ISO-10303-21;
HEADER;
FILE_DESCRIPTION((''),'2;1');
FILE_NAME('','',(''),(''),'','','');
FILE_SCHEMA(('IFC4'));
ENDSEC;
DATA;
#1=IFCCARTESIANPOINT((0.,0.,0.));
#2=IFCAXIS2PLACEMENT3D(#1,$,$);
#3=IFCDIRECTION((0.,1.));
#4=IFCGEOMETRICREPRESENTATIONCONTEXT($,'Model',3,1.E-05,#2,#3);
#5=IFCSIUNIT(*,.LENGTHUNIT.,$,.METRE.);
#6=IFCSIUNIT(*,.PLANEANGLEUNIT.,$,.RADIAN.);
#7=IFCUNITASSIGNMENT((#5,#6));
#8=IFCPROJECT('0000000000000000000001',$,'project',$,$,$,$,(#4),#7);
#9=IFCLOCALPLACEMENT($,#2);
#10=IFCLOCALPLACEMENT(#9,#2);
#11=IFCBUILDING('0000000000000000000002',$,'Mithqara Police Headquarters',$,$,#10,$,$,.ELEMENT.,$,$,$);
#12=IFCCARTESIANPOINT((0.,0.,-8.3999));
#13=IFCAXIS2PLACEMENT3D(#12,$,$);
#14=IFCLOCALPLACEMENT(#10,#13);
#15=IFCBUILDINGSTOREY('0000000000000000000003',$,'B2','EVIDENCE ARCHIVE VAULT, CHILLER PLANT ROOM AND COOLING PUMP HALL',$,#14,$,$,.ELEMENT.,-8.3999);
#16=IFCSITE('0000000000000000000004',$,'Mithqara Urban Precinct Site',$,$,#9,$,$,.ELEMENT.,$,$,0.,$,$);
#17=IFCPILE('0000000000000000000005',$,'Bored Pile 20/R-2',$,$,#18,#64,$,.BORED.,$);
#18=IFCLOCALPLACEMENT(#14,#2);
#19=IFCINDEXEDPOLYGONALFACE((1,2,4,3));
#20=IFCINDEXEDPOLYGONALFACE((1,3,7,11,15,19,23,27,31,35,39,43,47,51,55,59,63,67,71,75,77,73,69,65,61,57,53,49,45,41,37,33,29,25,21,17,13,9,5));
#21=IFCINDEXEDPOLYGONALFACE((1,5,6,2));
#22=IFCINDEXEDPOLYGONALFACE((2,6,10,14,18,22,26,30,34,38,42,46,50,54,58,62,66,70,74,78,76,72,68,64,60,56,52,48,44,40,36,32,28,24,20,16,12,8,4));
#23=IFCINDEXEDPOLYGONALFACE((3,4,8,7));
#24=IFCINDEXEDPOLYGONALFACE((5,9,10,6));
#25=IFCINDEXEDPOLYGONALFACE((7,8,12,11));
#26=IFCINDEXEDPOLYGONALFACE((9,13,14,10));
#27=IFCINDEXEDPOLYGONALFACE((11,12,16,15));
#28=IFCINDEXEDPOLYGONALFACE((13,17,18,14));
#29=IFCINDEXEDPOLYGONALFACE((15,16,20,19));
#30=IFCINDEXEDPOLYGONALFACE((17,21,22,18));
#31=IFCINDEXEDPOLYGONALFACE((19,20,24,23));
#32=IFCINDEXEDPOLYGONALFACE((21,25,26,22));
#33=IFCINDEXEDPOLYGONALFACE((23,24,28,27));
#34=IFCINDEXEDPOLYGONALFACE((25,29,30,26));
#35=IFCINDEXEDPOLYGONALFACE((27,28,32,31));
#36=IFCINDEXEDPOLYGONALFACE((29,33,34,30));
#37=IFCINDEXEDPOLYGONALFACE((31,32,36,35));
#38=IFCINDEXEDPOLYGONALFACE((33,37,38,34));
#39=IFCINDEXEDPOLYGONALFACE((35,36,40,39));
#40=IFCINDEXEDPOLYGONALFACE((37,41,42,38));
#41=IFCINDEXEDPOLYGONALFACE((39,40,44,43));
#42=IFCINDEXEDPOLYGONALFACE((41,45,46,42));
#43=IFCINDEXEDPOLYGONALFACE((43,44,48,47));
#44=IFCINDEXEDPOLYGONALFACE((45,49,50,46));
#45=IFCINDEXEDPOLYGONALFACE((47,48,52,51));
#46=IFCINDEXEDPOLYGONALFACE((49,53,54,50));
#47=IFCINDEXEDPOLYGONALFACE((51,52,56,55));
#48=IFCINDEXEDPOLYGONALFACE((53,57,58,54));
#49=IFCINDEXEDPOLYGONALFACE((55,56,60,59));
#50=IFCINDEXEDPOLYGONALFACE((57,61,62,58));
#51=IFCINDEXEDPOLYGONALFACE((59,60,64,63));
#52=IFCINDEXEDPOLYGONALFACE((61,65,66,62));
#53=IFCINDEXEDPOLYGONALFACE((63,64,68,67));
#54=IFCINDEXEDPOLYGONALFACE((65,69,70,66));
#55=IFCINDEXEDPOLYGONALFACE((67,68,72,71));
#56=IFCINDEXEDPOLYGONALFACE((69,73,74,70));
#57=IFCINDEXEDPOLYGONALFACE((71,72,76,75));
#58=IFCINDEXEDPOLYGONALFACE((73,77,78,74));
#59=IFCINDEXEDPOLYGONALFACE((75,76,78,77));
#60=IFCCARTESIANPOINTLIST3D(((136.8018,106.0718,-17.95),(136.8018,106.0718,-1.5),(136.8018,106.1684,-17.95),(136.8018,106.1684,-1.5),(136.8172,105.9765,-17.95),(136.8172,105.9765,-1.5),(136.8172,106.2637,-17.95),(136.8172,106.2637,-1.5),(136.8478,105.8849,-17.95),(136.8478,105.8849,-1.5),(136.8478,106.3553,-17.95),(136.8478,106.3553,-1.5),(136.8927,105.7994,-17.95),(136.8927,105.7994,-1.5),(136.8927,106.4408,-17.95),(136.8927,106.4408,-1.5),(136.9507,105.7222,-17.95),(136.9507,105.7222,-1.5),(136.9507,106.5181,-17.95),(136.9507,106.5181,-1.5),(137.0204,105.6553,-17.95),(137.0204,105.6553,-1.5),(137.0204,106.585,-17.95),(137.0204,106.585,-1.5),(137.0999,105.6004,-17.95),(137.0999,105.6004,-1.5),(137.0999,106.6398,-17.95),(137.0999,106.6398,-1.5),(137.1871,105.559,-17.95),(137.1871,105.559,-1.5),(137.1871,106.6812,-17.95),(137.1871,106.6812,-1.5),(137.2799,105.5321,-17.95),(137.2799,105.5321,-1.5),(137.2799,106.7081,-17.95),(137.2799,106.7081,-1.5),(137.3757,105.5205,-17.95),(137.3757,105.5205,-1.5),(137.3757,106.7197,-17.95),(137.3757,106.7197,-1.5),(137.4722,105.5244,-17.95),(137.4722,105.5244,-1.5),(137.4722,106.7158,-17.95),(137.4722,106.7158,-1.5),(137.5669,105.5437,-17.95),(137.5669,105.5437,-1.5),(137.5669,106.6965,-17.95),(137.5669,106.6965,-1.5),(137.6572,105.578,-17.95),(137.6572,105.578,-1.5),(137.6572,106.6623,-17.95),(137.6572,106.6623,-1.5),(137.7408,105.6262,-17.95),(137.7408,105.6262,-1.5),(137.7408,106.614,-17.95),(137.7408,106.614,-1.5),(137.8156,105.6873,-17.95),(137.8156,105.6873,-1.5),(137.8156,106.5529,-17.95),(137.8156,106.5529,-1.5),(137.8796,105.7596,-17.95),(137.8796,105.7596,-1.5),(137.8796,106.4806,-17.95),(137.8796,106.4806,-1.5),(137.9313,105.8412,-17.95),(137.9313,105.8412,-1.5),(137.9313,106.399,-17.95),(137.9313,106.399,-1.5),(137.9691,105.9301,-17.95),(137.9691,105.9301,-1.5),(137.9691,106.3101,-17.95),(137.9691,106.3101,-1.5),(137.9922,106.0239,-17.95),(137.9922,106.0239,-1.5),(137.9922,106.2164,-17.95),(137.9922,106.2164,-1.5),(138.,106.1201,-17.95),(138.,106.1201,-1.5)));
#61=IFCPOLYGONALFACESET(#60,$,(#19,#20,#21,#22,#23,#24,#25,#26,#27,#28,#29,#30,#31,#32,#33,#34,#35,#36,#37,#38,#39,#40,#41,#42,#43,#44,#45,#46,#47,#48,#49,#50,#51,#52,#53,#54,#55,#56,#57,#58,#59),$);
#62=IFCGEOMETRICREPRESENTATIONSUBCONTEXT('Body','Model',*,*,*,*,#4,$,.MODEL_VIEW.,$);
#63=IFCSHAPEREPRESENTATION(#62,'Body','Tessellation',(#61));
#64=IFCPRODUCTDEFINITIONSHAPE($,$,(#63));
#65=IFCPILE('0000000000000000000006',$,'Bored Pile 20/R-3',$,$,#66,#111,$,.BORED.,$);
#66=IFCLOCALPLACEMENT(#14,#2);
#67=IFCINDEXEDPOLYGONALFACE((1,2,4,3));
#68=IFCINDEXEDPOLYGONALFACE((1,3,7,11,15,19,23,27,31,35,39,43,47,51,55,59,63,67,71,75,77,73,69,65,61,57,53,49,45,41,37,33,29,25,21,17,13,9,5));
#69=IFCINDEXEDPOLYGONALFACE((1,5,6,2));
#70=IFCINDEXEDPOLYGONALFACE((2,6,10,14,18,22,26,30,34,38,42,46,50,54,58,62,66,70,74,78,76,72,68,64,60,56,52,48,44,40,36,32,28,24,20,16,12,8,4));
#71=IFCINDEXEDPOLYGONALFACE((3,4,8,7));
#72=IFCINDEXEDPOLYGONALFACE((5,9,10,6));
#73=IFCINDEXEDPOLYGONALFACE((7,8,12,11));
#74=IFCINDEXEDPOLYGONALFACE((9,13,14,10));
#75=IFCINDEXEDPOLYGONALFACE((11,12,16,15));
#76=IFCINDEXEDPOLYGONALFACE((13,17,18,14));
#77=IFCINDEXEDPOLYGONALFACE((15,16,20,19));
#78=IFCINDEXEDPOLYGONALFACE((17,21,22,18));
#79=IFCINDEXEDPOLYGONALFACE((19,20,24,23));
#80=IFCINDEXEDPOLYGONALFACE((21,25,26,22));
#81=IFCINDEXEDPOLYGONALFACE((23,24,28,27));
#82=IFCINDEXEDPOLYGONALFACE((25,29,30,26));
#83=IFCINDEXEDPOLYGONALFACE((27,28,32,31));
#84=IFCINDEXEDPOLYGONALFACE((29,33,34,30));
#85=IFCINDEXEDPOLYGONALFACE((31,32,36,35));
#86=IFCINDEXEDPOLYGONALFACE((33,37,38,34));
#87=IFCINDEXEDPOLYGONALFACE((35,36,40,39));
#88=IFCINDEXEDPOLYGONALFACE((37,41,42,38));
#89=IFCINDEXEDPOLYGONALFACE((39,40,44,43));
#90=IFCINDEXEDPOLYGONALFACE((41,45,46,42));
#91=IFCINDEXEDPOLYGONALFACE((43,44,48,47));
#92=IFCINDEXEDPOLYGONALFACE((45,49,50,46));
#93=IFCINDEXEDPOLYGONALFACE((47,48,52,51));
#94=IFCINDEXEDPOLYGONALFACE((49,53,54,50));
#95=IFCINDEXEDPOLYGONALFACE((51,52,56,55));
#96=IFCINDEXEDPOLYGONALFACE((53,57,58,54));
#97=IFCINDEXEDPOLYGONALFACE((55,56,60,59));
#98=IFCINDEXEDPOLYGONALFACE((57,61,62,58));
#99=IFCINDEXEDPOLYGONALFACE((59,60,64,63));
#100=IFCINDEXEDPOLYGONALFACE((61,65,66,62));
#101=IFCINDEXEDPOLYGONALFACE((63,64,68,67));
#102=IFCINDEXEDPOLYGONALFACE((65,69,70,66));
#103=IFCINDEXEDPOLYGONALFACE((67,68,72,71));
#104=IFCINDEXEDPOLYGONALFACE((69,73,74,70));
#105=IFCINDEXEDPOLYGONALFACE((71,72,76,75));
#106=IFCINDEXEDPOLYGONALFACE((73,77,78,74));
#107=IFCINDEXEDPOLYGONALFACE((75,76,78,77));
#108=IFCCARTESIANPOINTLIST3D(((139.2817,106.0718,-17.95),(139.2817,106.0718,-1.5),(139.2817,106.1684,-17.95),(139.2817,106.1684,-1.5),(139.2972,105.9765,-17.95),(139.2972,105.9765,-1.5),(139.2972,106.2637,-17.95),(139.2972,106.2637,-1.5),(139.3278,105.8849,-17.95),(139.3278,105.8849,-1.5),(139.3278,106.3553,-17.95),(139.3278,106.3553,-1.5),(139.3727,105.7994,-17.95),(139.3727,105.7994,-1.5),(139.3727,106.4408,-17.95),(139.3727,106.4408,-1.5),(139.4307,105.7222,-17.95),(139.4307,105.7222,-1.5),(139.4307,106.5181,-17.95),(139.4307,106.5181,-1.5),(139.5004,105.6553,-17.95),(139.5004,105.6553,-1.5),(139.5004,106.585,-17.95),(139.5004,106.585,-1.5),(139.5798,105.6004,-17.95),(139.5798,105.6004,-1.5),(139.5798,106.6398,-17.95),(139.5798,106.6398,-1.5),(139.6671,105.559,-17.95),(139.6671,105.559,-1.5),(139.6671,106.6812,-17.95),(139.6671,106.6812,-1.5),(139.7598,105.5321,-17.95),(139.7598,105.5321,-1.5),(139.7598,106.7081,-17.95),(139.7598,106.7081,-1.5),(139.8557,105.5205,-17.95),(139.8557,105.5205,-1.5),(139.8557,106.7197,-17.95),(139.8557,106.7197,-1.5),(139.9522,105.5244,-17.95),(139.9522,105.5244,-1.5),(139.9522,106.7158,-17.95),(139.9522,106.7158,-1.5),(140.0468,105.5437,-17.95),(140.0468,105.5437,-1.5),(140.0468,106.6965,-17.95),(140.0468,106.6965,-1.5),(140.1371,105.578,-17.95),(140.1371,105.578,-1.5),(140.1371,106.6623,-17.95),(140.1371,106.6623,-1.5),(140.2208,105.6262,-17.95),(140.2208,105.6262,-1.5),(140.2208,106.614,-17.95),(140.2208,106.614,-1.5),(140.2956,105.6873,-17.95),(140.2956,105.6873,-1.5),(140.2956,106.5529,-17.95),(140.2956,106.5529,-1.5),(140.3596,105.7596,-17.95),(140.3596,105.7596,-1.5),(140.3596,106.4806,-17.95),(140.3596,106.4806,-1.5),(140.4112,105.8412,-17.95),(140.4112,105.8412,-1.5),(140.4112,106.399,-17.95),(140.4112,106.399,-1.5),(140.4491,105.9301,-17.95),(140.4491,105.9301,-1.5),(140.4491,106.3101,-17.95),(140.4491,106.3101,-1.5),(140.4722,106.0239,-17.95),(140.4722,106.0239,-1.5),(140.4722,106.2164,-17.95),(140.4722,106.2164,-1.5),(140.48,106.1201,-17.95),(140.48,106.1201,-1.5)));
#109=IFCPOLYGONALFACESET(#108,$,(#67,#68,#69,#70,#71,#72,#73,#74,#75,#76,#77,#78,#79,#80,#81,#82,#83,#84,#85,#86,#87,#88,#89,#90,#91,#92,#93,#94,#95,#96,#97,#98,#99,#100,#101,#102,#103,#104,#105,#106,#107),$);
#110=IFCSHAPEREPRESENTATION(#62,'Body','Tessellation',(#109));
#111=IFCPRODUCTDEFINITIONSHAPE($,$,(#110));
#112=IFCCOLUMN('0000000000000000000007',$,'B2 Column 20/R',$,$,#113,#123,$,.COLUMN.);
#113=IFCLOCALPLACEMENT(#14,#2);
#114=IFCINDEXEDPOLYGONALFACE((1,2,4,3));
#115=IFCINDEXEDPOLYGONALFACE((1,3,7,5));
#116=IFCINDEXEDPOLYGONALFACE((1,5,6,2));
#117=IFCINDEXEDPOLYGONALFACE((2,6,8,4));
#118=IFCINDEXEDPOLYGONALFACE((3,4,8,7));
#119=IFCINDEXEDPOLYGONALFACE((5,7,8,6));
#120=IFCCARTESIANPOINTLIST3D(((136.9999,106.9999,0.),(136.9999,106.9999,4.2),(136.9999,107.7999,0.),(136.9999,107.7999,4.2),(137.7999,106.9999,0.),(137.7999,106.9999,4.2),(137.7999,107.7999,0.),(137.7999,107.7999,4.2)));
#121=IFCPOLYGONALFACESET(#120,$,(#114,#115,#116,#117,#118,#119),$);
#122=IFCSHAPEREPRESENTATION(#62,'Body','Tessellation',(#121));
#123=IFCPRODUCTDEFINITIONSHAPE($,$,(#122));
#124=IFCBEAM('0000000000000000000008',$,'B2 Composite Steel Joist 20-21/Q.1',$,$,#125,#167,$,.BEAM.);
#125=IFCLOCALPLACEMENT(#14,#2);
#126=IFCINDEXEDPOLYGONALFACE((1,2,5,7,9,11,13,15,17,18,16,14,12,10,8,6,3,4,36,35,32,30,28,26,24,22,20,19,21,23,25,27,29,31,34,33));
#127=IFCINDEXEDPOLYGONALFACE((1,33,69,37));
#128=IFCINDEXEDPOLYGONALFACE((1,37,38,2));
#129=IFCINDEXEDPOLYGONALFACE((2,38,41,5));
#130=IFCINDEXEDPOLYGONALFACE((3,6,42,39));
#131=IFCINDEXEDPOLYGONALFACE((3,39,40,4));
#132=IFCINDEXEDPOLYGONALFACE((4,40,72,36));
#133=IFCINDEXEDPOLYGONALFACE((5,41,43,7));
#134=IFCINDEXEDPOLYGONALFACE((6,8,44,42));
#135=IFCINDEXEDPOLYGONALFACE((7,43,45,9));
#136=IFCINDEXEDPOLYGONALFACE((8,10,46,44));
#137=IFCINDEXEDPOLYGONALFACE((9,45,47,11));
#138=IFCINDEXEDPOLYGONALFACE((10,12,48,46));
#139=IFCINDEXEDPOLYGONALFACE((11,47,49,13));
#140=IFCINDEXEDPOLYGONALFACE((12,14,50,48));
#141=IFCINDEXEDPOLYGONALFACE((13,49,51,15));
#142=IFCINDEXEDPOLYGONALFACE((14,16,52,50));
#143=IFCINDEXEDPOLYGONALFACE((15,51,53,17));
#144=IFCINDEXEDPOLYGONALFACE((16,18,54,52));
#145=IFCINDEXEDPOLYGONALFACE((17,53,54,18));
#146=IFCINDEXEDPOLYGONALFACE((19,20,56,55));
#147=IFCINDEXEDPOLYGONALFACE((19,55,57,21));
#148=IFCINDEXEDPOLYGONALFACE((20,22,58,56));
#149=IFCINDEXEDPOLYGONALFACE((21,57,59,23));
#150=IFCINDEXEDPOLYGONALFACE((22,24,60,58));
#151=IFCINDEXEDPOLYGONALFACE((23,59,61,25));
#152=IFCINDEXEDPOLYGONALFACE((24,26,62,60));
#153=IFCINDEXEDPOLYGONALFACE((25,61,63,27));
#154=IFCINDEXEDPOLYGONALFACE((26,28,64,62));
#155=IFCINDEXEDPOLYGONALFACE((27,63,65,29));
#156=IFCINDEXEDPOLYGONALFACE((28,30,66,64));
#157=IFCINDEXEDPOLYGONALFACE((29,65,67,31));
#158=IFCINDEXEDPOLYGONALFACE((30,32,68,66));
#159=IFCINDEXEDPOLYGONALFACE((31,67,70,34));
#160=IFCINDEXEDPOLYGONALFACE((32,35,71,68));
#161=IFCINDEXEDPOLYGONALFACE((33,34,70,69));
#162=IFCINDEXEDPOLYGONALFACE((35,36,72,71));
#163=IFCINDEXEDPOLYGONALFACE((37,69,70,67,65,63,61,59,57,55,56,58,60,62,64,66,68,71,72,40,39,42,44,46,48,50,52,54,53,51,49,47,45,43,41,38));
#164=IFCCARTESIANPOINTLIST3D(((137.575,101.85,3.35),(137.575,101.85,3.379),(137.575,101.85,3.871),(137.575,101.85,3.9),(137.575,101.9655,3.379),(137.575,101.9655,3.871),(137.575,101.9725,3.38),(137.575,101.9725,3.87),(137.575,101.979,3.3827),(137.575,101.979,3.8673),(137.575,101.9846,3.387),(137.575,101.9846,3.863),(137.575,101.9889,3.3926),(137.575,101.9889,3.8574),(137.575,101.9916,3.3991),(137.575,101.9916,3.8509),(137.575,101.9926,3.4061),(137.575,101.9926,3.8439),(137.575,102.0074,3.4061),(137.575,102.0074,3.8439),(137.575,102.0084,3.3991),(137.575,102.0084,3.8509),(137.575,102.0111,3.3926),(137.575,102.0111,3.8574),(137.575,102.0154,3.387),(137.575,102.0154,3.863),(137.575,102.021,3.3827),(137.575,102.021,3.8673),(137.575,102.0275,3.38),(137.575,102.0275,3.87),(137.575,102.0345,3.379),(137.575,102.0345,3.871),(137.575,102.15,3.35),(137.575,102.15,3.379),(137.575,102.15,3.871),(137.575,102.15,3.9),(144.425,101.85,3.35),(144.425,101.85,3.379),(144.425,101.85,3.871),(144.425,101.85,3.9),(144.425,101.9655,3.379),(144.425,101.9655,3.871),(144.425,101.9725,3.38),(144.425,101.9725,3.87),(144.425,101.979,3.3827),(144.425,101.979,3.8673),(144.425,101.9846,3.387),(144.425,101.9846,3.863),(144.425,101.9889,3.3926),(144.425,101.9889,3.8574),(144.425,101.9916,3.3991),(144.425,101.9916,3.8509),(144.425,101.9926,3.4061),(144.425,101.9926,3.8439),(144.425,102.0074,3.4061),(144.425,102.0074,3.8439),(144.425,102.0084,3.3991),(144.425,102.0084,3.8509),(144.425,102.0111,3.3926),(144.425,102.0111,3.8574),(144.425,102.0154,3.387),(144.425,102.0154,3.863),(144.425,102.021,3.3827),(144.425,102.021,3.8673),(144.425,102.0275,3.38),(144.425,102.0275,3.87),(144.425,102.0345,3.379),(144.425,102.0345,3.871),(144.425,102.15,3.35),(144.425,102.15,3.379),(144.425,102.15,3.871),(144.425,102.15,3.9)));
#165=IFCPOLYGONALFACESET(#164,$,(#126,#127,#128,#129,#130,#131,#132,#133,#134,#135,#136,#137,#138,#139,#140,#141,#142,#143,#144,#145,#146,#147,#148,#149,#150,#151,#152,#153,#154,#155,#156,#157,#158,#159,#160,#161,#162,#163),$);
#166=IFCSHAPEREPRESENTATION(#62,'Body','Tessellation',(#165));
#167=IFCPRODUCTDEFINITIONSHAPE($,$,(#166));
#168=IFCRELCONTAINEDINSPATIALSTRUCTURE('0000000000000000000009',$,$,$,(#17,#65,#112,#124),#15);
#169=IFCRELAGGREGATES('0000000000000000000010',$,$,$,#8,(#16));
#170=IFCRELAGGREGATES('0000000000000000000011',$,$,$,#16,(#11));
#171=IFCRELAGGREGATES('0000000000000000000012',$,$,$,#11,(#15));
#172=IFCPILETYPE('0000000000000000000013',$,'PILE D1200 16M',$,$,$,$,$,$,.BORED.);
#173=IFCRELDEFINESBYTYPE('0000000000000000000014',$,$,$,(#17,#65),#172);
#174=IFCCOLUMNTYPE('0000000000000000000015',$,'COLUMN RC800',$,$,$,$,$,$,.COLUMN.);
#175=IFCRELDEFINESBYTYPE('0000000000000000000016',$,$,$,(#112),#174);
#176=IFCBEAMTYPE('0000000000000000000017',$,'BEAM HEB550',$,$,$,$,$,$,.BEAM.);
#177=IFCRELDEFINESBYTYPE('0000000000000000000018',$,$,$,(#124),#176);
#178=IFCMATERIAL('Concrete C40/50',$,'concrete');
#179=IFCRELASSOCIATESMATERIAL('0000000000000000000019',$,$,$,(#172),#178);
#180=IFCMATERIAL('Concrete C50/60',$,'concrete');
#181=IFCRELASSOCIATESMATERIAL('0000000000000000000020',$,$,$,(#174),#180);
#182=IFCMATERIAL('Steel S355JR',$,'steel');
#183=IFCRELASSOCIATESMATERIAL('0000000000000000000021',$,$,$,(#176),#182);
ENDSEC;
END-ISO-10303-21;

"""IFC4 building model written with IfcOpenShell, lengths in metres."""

from ifc_helpers import new_model, si_unit, direction, frame, origin, origin_2d, place, context, subcontext, project, spatial, rectangle, circle, i_section, extrude, material, material_profile, profile_set, type_object, element, save


model = new_model("IFC4")

# Units and contexts
model_context = context("Model", 3, precision=1e-05, world=origin(), true_north=direction((0.0, 1.0)))
body_context = subcontext(model_context, "Body", "Model", "MODEL_VIEW")
ifc_project = project(units=[si_unit("LENGTHUNIT", "METRE"), si_unit("PLANEANGLEUNIT", "RADIAN")], contexts=[model_context])

# Site, building, storey
site_placement = place(None, origin())
site = spatial("IfcSite", under=ifc_project, at=site_placement, Name="Mithqara Urban Precinct Site", CompositionType="ELEMENT", RefElevation=0.0)
building_placement = place(site_placement, origin())
building = spatial("IfcBuilding", under=site, at=building_placement, Name="Mithqara Police Headquarters", CompositionType="ELEMENT")
storey_placement = place(building_placement, frame((0.0, 0.0, -8.3999)))
storey = spatial("IfcBuildingStorey", under=building, at=storey_placement, Name="B2", Description="EVIDENCE ARCHIVE VAULT, CHILLER PLANT ROOM AND COOLING PUMP HALL", CompositionType="ELEMENT", Elevation=-8.3999)

# Shared definitions
ifc_material_1 = material(Name="Concrete C40/50", Category="concrete")

# Piles
ifc_material_profile_1 = material_profile(ifc_material_1, circle(Radius=0.6001, at=origin_2d()), Name="PILE D1200")
ifc_profile_set_1 = profile_set([ifc_material_profile_1], Name="Concrete C40/50")
pile_type = type_object("IfcPileType", Name="PILE D1200 16M", PredefinedType="BORED", material=ifc_profile_set_1)
for number, where, z_axis, x_axis, name in (
    (1, (137.3999, 106.1201, -1.5), (0.0, 0.0, -1.0), (1.0, 0.0, 0.0), "Bored Pile 20/R-2"),
    (2, (139.8799, 106.1201, -1.5), (0.0, 0.0, -1.0), (1.0, 0.0, 0.0), "Bored Pile 20/R-3"),
):
    element("IfcPile", number, at=place(storey_placement, frame(where, z_axis=z_axis, x_axis=x_axis)), inside=storey, type_object=pile_type, Name=name, PredefinedType="BORED", context=body_context, shape_type="SweptSolid", body=[
        extrude(circle(Radius=0.6001, at=origin_2d()), origin(), (0.0, 0.0, 1.0), 16.45),
    ])

# Column
ifc_material_2 = material(Name="Concrete C50/60", Category="concrete")
ifc_material_profile_2 = material_profile(ifc_material_2, rectangle(XDim=0.8, YDim=0.8, at=origin_2d()), Name="RC 800x800")
ifc_profile_set_2 = profile_set([ifc_material_profile_2], Name="Concrete C50/60")
column_type = type_object("IfcColumnType", Name="COLUMN RC800", PredefinedType="COLUMN", material=ifc_profile_set_2)
column_placement = place(storey_placement, frame((137.3999, 107.3999, 0.0), z_axis=(0.0, 0.0, 1.0), x_axis=(1.0, 0.0, 0.0)))
element("IfcColumn", 3, at=column_placement, inside=storey, type_object=column_type, Name="B2 Column 20/R", PredefinedType="COLUMN", context=body_context, shape_type="SweptSolid", body=[
    extrude(rectangle(XDim=0.8, YDim=0.8, at=origin_2d()), origin(), (0.0, 0.0, 1.0), 4.2),
])

# Beam
ifc_material_3 = material(Name="Steel S355JR", Category="steel")
ifc_material_profile_3 = material_profile(ifc_material_3, i_section(OverallWidth=0.3, OverallDepth=0.55, WebThickness=0.0149, FlangeThickness=0.0291, FilletRadius=0.0271, at=origin_2d()), Name="HEB 550")
ifc_profile_set_3 = profile_set([ifc_material_profile_3], Name="Steel S355JR")
beam_type_1 = type_object("IfcBeamType", Name="BEAM HEB550", PredefinedType="BEAM", material=ifc_profile_set_3)
for number, where, z_axis, x_axis, name in (
    (4, (137.575, 102.0, 3.625), (1.0, 0.0, 0.0), (0.0, 1.0, 0.0), "B2 Composite Steel Joist 20-21/Q.1"),
):
    element("IfcBeam", number, at=place(storey_placement, frame(where, z_axis=z_axis, x_axis=x_axis)), inside=storey, type_object=beam_type_1, Name=name, PredefinedType="BEAM", context=body_context, shape_type="SweptSolid", body=[
        extrude(i_section(OverallWidth=0.3, OverallDepth=0.55, WebThickness=0.0149, FlangeThickness=0.0291, FilletRadius=0.0271, at=origin_2d()), origin(), (0.0, 0.0, 1.0), 6.8501),
    ])

save(model, "model.ifc")
